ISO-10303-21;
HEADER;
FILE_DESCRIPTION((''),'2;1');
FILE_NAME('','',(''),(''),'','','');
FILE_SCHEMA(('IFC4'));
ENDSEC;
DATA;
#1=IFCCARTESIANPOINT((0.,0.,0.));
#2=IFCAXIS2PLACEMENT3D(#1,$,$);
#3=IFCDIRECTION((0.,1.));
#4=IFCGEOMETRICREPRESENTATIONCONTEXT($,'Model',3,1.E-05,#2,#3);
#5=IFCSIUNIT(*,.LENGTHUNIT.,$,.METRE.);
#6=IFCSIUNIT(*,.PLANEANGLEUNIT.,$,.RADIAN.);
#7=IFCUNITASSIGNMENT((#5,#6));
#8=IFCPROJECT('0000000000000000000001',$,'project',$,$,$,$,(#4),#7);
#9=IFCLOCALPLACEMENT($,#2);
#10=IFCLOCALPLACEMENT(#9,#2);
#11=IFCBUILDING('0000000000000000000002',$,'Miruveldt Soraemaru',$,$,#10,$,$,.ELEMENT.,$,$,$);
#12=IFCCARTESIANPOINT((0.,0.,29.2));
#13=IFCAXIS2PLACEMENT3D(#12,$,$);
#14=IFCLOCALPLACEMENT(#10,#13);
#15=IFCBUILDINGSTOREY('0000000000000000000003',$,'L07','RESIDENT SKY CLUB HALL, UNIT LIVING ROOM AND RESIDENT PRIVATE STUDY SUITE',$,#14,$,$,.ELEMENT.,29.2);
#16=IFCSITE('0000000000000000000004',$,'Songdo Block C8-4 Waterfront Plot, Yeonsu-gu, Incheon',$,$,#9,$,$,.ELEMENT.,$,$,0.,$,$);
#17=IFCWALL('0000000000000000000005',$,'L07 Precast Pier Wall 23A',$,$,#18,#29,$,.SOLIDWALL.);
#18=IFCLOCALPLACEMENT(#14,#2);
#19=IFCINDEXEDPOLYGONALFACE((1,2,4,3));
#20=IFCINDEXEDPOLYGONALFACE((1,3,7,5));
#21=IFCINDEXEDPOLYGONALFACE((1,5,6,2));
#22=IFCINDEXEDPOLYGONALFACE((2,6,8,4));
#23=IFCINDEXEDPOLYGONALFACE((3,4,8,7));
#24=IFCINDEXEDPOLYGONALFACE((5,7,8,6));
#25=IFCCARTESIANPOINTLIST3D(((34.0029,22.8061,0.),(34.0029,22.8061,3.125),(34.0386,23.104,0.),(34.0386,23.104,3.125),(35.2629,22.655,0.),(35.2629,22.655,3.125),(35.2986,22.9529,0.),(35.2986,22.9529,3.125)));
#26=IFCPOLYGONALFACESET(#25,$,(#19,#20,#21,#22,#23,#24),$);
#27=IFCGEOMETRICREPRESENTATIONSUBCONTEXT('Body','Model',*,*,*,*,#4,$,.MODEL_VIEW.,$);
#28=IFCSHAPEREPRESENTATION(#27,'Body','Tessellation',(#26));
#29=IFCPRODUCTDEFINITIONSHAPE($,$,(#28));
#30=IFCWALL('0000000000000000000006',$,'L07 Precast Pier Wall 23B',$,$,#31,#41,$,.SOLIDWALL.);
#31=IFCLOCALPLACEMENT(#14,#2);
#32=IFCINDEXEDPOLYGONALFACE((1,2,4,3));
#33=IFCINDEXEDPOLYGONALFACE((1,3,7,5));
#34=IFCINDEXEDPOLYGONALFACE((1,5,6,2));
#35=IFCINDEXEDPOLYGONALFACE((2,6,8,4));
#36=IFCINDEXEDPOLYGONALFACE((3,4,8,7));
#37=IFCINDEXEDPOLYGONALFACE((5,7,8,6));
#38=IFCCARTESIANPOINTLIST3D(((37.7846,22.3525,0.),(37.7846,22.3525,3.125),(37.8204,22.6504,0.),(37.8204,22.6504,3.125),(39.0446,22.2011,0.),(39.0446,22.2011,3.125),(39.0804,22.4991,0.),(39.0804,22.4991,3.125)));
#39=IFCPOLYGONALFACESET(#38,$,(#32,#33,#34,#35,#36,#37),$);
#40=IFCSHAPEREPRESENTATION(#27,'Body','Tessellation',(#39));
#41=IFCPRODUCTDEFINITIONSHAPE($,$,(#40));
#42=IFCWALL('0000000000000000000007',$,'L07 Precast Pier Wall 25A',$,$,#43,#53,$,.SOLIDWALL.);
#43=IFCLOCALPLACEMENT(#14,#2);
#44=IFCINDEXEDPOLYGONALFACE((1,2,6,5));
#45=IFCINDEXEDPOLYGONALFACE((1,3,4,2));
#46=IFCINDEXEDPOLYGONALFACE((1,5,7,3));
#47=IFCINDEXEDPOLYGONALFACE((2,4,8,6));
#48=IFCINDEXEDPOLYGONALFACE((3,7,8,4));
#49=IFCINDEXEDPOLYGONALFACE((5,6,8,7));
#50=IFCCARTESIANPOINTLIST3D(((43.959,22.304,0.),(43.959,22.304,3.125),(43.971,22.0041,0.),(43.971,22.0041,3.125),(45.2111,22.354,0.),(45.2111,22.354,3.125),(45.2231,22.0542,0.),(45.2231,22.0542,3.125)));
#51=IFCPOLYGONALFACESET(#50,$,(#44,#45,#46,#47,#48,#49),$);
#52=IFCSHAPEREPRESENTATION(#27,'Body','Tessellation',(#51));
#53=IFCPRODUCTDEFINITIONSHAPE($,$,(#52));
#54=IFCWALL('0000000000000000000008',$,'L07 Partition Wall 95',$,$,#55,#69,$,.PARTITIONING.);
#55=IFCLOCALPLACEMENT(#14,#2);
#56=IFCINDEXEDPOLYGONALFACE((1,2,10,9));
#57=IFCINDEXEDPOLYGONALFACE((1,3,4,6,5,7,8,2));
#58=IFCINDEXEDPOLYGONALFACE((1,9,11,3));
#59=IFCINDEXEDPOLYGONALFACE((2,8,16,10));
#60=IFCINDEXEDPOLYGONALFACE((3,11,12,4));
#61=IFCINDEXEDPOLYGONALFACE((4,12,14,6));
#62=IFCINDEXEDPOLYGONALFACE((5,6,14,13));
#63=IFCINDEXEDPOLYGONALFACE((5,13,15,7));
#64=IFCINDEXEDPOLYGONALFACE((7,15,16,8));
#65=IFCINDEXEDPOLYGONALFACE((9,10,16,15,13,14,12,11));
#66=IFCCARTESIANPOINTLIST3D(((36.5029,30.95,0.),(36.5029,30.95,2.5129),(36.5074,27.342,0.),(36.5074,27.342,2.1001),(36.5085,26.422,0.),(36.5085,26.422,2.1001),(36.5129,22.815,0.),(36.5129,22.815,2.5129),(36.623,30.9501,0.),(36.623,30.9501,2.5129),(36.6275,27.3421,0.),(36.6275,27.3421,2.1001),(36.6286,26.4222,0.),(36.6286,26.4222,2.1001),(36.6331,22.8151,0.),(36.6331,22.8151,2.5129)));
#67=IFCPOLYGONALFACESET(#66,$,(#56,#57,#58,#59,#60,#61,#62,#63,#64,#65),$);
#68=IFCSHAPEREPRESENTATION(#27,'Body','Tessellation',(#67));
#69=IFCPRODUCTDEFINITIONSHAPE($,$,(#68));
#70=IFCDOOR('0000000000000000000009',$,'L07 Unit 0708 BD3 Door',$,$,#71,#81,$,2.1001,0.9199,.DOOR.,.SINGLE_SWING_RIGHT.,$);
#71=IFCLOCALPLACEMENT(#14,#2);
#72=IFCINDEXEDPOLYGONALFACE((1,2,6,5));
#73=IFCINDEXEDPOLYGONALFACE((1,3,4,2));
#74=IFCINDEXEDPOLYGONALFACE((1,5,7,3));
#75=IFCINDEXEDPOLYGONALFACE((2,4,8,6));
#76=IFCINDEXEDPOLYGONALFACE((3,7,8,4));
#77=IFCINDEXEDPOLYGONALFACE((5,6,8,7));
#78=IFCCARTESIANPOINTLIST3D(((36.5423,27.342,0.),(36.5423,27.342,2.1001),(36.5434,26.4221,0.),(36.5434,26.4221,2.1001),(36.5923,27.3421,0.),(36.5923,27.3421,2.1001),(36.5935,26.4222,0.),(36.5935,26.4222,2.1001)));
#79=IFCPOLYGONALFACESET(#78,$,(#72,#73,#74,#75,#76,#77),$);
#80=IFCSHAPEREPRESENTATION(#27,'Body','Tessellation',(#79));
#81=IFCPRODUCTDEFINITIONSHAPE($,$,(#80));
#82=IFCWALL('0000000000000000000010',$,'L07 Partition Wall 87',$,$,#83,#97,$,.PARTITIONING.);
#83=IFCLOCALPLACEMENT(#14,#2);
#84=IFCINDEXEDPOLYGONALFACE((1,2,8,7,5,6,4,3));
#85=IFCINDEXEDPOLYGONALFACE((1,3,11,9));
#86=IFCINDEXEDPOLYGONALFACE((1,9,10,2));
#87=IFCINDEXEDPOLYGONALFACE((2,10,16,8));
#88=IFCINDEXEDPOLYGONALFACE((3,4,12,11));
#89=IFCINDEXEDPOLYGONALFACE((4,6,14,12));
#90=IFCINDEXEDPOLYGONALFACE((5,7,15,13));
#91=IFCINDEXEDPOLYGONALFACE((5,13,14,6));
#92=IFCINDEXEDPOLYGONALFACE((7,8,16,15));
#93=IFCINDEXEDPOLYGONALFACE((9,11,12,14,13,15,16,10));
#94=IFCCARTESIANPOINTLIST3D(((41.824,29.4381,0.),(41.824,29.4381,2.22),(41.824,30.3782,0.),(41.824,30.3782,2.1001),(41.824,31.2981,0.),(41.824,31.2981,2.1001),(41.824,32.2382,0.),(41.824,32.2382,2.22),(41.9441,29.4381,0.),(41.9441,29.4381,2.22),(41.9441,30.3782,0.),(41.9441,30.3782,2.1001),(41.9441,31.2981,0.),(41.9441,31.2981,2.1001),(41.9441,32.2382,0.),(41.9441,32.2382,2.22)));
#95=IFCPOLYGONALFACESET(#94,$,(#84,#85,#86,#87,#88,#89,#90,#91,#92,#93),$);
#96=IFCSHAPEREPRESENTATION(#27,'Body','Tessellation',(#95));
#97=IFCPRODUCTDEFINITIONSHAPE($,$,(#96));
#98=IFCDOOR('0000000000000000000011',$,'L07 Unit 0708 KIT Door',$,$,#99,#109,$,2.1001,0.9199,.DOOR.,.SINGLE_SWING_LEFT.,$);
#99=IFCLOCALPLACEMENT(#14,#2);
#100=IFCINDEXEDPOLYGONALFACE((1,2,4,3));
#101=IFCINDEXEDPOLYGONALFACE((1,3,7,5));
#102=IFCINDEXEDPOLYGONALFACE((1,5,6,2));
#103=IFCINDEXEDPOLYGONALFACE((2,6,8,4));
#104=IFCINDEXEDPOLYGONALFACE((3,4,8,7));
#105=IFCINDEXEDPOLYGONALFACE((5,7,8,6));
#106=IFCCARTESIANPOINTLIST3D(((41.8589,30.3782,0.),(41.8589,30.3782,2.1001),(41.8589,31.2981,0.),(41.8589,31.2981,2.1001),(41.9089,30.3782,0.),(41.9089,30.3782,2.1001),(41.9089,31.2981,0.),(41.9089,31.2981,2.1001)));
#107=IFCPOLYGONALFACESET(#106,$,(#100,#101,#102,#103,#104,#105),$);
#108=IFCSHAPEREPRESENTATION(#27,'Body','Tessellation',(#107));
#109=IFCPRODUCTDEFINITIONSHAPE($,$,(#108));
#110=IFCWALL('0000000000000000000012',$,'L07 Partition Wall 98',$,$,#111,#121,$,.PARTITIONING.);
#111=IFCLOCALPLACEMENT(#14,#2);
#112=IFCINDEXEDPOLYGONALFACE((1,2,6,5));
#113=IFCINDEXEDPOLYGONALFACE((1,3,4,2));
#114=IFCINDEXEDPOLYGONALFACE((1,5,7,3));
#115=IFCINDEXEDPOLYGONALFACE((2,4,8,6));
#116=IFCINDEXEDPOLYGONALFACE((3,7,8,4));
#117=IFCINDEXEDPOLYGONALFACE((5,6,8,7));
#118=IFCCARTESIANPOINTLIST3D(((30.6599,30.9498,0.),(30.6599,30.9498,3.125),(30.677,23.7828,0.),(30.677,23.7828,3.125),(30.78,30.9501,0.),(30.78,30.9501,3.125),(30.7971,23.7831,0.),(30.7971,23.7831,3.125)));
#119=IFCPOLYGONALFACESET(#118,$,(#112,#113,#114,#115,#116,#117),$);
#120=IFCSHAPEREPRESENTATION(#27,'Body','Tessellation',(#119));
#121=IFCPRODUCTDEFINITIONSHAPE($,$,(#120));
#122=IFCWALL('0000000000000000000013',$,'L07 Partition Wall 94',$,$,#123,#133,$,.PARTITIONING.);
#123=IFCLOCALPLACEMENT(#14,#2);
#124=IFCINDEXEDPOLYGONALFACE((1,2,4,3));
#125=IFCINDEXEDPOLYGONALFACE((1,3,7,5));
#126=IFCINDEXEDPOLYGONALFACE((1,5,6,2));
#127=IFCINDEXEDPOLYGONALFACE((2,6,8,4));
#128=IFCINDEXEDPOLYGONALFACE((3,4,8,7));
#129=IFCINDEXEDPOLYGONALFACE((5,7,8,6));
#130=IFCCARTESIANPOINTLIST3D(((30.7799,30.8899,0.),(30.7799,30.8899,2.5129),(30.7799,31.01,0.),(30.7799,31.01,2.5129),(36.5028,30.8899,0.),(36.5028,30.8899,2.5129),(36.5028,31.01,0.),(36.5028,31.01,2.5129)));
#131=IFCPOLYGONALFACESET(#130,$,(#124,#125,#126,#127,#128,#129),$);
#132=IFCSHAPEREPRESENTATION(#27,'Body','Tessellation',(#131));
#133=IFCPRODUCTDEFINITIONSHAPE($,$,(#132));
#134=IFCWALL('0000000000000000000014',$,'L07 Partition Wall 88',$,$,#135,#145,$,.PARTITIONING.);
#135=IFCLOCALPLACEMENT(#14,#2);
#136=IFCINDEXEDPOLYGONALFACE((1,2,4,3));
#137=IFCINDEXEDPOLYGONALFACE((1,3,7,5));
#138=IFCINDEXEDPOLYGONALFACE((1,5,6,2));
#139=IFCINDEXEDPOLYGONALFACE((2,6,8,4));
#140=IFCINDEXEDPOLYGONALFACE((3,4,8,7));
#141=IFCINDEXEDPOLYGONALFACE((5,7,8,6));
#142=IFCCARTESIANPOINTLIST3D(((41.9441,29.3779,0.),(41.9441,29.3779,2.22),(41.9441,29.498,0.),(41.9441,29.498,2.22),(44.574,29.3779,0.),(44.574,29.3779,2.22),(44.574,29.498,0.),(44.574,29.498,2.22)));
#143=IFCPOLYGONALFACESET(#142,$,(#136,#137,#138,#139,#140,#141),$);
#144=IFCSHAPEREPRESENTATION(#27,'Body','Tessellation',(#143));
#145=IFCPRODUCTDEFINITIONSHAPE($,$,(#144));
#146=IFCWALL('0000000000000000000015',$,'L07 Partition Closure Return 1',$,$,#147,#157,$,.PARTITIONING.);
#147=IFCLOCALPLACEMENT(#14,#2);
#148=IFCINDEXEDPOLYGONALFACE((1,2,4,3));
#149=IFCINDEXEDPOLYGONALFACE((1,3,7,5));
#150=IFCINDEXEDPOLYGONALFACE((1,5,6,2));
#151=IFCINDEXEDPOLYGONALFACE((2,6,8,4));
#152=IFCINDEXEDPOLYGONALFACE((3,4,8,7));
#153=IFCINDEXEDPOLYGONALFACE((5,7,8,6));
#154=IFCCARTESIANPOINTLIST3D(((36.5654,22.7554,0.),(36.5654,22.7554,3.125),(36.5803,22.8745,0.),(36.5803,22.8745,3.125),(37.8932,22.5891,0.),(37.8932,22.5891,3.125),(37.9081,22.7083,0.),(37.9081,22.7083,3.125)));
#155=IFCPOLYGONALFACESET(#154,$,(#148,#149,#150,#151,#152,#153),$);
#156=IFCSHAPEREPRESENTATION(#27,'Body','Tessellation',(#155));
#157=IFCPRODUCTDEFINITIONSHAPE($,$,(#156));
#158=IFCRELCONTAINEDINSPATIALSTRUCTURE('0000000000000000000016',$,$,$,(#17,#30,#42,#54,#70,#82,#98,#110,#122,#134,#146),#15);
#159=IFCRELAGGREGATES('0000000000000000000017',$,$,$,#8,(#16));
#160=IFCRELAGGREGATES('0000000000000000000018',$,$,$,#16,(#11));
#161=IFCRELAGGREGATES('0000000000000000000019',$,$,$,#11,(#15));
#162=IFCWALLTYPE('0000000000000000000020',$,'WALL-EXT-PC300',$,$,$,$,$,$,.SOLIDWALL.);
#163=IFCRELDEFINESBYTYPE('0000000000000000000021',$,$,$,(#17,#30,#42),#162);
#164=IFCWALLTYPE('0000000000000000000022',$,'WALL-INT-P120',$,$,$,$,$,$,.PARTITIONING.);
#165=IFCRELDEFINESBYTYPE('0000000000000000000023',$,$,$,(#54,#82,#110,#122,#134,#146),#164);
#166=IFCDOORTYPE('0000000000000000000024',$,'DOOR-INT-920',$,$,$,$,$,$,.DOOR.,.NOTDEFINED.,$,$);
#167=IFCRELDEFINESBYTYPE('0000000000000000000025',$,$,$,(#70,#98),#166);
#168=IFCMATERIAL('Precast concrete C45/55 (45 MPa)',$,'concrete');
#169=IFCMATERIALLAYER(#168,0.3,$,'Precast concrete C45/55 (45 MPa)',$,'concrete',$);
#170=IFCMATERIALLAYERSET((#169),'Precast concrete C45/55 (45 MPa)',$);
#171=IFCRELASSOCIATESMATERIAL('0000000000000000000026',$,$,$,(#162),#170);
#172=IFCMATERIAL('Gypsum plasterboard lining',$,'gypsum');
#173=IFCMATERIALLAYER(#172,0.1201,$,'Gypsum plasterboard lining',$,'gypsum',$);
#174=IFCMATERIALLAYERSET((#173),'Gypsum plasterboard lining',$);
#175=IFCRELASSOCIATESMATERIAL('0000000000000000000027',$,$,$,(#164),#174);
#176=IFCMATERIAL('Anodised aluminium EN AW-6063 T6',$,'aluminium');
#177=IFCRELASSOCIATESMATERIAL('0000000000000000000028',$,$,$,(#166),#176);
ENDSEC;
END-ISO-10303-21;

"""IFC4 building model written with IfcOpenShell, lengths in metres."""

from ifc_helpers import new_model, si_unit, direction, frame, frame_2d, origin, place, context, subcontext, project, spatial, rectangle, extrude, material, layer, layer_set, type_object, element, fill, save


model = new_model("IFC4")

# Units and contexts
model_context = context("Model", 3, precision=1e-05, world=origin(), true_north=direction((0.0, 1.0)))
body_context = subcontext(model_context, "Body", "Model", "MODEL_VIEW")
ifc_project = project(units=[si_unit("LENGTHUNIT", "METRE"), si_unit("PLANEANGLEUNIT", "RADIAN")], contexts=[model_context])

# Site, building, storey
site_placement = place(None, origin())
site = spatial("IfcSite", under=ifc_project, at=site_placement, Name="Songdo Block C8-4 Waterfront Plot, Yeonsu-gu, Incheon", CompositionType="ELEMENT", RefElevation=0.0)
building_placement = place(site_placement, origin())
building = spatial("IfcBuilding", under=site, at=building_placement, Name="Miruveldt Soraemaru", CompositionType="ELEMENT")
storey_placement = place(building_placement, frame((0.0, 0.0, 29.2)))
storey = spatial("IfcBuildingStorey", under=building, at=storey_placement, Name="L07", Description="RESIDENT SKY CLUB HALL, UNIT LIVING ROOM AND RESIDENT PRIVATE STUDY SUITE", CompositionType="ELEMENT", Elevation=29.2)

# Walls
ifc_material_1 = material(Name="Precast concrete C45/55 (45 MPa)", Category="concrete")
ifc_layer_1 = layer(ifc_material_1, 0.3, Name="Precast concrete C45/55 (45 MPa)", Category="concrete")
ifc_layer_set_1 = layer_set([ifc_layer_1], Name="Precast concrete C45/55 (45 MPa)")
wall_type_1 = type_object("IfcWallType", Name="WALL-EXT-PC300", PredefinedType="SOLIDWALL", material=ifc_layer_set_1)
for number, where, z_axis, x_axis, name in (
    (1, (34.0208, 22.9551, 0.0), (0.0, 0.0, 1.0), (0.992884, -0.119085, 0.0), "L07 Precast Pier Wall 23A"),
    (2, (37.8025, 22.5015, 0.0), (0.0, 0.0, 1.0), (0.992861, -0.119274, 0.0), "L07 Precast Pier Wall 23B"),
):
    element("IfcWall", number, at=place(storey_placement, frame(where, z_axis=z_axis, x_axis=x_axis)), inside=storey, type_object=wall_type_1, Name=name, PredefinedType="SOLIDWALL", context=body_context, shape_type="SweptSolid", body=[
        extrude(rectangle(XDim=1.269, YDim=0.3, at=frame_2d((0.6345, 0.0))), origin(), (0.0, 0.0, 1.0), 3.125),
    ])

# Shared definitions
ifc_material_2 = material(Name="Anodised aluminium EN AW-6063 T6", Category="aluminium")

# Wall
wall_1_placement = place(storey_placement, frame((43.9651, 22.1541, 0.0), z_axis=(0.0, 0.0, 1.0), x_axis=(0.999202, 0.039937, 0.0)))
element("IfcWall", 3, at=wall_1_placement, inside=storey, type_object=wall_type_1, Name="L07 Precast Pier Wall 25A", PredefinedType="SOLIDWALL", context=body_context, shape_type="SweptSolid", body=[
    extrude(rectangle(XDim=1.2532, YDim=0.3, at=frame_2d((0.6265, 0.0))), origin(), (0.0, 0.0, 1.0), 3.125),
])

# Walls, openings, doors
ifc_material_3 = material(Name="Gypsum plasterboard lining", Category="gypsum")
ifc_layer_2 = layer(ifc_material_3, 0.1201, Name="Gypsum plasterboard lining", Category="gypsum")
ifc_layer_set_2 = layer_set([ifc_layer_2], Name="Gypsum plasterboard lining")
wall_type_2 = type_object("IfcWallType", Name="WALL-INT-P120", PredefinedType="PARTITIONING", material=ifc_layer_set_2)
wall_2_placement = place(storey_placement, frame((36.563, 30.95, 0.0), z_axis=(0.0, 0.0, 1.0), x_axis=(0.00123, -0.999999, 0.0)))
wall_2 = element("IfcWall", 4, at=wall_2_placement, inside=storey, type_object=wall_type_2, Name="L07 Partition Wall 95", PredefinedType="PARTITIONING", context=body_context, shape_type="SweptSolid", body=[
    extrude(rectangle(XDim=8.135, YDim=0.1201, at=frame_2d((4.0674, 0.0))), origin(), (0.0, 0.0, 1.0), 2.5129),
])
opening_1_placement = place(wall_2_placement, frame((3.6079, 0.0, 0.0)))
opening_1 = element("IfcOpeningElement", 5, at=opening_1_placement, cuts=wall_2, PredefinedType="OPENING", context=body_context, shape_type="SweptSolid", body=[
    extrude(rectangle(XDim=0.9199, YDim=2.1001, at=frame_2d((0.46, 1.05))), frame((0.0, 0.0701, 0.0), z_axis=(0.0, -1.0, 0.0), x_axis=(1.0, 0.0, 0.0)), (0.0, 0.0, 1.0), 0.1401),
])
door_type_1 = type_object("IfcDoorType", Name="DOOR-INT-920", OperationType="NOTDEFINED", PredefinedType="DOOR", material=ifc_material_2)
door_1_placement = place(opening_1_placement, origin())
door_1 = element("IfcDoor", 6, at=door_1_placement, inside=storey, type_object=door_type_1, Name="L07 Unit 0708 BD3 Door", OperationType="SINGLE_SWING_RIGHT", OverallHeight=2.1001, OverallWidth=0.9199, PredefinedType="DOOR", context=body_context, shape_type="SweptSolid", body=[
    extrude(rectangle(XDim=0.9199, YDim=2.1001, at=frame_2d((0.46, 1.05))), frame((0.0, 0.0249, 0.0), z_axis=(0.0, -1.0, 0.0), x_axis=(1.0, 0.0, 0.0)), (0.0, 0.0, 1.0), 0.05),
])
fill(opening_1, door_1)
wall_3_placement = place(storey_placement, frame((41.884, 32.238, 0.0), z_axis=(0.0, 0.0, 1.0), x_axis=(0.0, -1.0, 0.0)))
wall_3 = element("IfcWall", 7, at=wall_3_placement, inside=storey, type_object=wall_type_2, Name="L07 Partition Wall 87", PredefinedType="PARTITIONING", context=body_context, shape_type="SweptSolid", body=[
    extrude(rectangle(XDim=2.8, YDim=0.1201, at=frame_2d((1.3999, 0.0))), origin(), (0.0, 0.0, 1.0), 2.22),
])
opening_2_placement = place(wall_3_placement, frame((0.9399, 0.0, 0.0)))
opening_2 = element("IfcOpeningElement", 8, at=opening_2_placement, cuts=wall_3, PredefinedType="OPENING", context=body_context, shape_type="SweptSolid", body=[
    extrude(rectangle(XDim=0.9199, YDim=2.1001, at=frame_2d((0.46, 1.05))), frame((0.0, 0.0701, 0.0), z_axis=(0.0, -1.0, 0.0), x_axis=(1.0, 0.0, 0.0)), (0.0, 0.0, 1.0), 0.1401),
])
door_2_placement = place(opening_2_placement, origin())
door_2 = element("IfcDoor", 9, at=door_2_placement, inside=storey, type_object=door_type_1, Name="L07 Unit 0708 KIT Door", OperationType="SINGLE_SWING_LEFT", OverallHeight=2.1001, OverallWidth=0.9199, PredefinedType="DOOR", context=body_context, shape_type="SweptSolid", body=[
    extrude(rectangle(XDim=0.9199, YDim=2.1001, at=frame_2d((0.46, 1.05))), frame((0.0, 0.0249, 0.0), z_axis=(0.0, -1.0, 0.0), x_axis=(1.0, 0.0, 0.0)), (0.0, 0.0, 1.0), 0.05),
])
fill(opening_2, door_2)

# Walls
wall_4_placement = place(storey_placement, frame((30.7371, 23.783, 0.0), z_axis=(0.0, 0.0, 1.0), x_axis=(-0.002385, 0.999997, 0.0)))
element("IfcWall", 10, at=wall_4_placement, inside=storey, type_object=wall_type_2, Name="L07 Partition Wall 98", PredefinedType="PARTITIONING", context=body_context, shape_type="SweptSolid", body=[
    extrude(rectangle(XDim=7.167, YDim=0.1201, at=frame_2d((3.5835, 0.0))), origin(), (0.0, 0.0, 1.0), 3.125),
])
wall_5_placement = place(storey_placement, frame((30.78, 30.95, 0.0), z_axis=(0.0, 0.0, 1.0), x_axis=(1.0, 0.0, 0.0)))
element("IfcWall", 11, at=wall_5_placement, inside=storey, type_object=wall_type_2, Name="L07 Partition Wall 94", PredefinedType="PARTITIONING", context=body_context, shape_type="SweptSolid", body=[
    extrude(rectangle(XDim=5.7229, YDim=0.1201, at=frame_2d((2.8613, 0.0))), origin(), (0.0, 0.0, 1.0), 2.5129),
])
wall_6_placement = place(storey_placement, frame((41.9441, 29.438, 0.0), z_axis=(0.0, 0.0, 1.0), x_axis=(1.0, 0.0, 0.0)))
element("IfcWall", 12, at=wall_6_placement, inside=storey, type_object=wall_type_2, Name="L07 Partition Wall 88", PredefinedType="PARTITIONING", context=body_context, shape_type="SweptSolid", body=[
    extrude(rectangle(XDim=2.6299, YDim=0.1201, at=frame_2d((1.3149, 0.0))), origin(), (0.0, 0.0, 1.0), 2.22),
])
wall_7_placement = place(storey_placement, frame((36.573, 22.8149, 0.0), z_axis=(0.0, 0.0, 1.0), x_axis=(0.992253, -0.124237, 0.0)))
element("IfcWall", 13, at=wall_7_placement, inside=storey, type_object=wall_type_2, Name="L07 Partition Closure Return 1", PredefinedType="PARTITIONING", context=body_context, shape_type="SweptSolid", body=[
    extrude(rectangle(XDim=1.3381, YDim=0.1201, at=frame_2d((0.6689, 0.0))), origin(), (0.0, 0.0, 1.0), 3.125),
])

save(model, "model.ifc")
